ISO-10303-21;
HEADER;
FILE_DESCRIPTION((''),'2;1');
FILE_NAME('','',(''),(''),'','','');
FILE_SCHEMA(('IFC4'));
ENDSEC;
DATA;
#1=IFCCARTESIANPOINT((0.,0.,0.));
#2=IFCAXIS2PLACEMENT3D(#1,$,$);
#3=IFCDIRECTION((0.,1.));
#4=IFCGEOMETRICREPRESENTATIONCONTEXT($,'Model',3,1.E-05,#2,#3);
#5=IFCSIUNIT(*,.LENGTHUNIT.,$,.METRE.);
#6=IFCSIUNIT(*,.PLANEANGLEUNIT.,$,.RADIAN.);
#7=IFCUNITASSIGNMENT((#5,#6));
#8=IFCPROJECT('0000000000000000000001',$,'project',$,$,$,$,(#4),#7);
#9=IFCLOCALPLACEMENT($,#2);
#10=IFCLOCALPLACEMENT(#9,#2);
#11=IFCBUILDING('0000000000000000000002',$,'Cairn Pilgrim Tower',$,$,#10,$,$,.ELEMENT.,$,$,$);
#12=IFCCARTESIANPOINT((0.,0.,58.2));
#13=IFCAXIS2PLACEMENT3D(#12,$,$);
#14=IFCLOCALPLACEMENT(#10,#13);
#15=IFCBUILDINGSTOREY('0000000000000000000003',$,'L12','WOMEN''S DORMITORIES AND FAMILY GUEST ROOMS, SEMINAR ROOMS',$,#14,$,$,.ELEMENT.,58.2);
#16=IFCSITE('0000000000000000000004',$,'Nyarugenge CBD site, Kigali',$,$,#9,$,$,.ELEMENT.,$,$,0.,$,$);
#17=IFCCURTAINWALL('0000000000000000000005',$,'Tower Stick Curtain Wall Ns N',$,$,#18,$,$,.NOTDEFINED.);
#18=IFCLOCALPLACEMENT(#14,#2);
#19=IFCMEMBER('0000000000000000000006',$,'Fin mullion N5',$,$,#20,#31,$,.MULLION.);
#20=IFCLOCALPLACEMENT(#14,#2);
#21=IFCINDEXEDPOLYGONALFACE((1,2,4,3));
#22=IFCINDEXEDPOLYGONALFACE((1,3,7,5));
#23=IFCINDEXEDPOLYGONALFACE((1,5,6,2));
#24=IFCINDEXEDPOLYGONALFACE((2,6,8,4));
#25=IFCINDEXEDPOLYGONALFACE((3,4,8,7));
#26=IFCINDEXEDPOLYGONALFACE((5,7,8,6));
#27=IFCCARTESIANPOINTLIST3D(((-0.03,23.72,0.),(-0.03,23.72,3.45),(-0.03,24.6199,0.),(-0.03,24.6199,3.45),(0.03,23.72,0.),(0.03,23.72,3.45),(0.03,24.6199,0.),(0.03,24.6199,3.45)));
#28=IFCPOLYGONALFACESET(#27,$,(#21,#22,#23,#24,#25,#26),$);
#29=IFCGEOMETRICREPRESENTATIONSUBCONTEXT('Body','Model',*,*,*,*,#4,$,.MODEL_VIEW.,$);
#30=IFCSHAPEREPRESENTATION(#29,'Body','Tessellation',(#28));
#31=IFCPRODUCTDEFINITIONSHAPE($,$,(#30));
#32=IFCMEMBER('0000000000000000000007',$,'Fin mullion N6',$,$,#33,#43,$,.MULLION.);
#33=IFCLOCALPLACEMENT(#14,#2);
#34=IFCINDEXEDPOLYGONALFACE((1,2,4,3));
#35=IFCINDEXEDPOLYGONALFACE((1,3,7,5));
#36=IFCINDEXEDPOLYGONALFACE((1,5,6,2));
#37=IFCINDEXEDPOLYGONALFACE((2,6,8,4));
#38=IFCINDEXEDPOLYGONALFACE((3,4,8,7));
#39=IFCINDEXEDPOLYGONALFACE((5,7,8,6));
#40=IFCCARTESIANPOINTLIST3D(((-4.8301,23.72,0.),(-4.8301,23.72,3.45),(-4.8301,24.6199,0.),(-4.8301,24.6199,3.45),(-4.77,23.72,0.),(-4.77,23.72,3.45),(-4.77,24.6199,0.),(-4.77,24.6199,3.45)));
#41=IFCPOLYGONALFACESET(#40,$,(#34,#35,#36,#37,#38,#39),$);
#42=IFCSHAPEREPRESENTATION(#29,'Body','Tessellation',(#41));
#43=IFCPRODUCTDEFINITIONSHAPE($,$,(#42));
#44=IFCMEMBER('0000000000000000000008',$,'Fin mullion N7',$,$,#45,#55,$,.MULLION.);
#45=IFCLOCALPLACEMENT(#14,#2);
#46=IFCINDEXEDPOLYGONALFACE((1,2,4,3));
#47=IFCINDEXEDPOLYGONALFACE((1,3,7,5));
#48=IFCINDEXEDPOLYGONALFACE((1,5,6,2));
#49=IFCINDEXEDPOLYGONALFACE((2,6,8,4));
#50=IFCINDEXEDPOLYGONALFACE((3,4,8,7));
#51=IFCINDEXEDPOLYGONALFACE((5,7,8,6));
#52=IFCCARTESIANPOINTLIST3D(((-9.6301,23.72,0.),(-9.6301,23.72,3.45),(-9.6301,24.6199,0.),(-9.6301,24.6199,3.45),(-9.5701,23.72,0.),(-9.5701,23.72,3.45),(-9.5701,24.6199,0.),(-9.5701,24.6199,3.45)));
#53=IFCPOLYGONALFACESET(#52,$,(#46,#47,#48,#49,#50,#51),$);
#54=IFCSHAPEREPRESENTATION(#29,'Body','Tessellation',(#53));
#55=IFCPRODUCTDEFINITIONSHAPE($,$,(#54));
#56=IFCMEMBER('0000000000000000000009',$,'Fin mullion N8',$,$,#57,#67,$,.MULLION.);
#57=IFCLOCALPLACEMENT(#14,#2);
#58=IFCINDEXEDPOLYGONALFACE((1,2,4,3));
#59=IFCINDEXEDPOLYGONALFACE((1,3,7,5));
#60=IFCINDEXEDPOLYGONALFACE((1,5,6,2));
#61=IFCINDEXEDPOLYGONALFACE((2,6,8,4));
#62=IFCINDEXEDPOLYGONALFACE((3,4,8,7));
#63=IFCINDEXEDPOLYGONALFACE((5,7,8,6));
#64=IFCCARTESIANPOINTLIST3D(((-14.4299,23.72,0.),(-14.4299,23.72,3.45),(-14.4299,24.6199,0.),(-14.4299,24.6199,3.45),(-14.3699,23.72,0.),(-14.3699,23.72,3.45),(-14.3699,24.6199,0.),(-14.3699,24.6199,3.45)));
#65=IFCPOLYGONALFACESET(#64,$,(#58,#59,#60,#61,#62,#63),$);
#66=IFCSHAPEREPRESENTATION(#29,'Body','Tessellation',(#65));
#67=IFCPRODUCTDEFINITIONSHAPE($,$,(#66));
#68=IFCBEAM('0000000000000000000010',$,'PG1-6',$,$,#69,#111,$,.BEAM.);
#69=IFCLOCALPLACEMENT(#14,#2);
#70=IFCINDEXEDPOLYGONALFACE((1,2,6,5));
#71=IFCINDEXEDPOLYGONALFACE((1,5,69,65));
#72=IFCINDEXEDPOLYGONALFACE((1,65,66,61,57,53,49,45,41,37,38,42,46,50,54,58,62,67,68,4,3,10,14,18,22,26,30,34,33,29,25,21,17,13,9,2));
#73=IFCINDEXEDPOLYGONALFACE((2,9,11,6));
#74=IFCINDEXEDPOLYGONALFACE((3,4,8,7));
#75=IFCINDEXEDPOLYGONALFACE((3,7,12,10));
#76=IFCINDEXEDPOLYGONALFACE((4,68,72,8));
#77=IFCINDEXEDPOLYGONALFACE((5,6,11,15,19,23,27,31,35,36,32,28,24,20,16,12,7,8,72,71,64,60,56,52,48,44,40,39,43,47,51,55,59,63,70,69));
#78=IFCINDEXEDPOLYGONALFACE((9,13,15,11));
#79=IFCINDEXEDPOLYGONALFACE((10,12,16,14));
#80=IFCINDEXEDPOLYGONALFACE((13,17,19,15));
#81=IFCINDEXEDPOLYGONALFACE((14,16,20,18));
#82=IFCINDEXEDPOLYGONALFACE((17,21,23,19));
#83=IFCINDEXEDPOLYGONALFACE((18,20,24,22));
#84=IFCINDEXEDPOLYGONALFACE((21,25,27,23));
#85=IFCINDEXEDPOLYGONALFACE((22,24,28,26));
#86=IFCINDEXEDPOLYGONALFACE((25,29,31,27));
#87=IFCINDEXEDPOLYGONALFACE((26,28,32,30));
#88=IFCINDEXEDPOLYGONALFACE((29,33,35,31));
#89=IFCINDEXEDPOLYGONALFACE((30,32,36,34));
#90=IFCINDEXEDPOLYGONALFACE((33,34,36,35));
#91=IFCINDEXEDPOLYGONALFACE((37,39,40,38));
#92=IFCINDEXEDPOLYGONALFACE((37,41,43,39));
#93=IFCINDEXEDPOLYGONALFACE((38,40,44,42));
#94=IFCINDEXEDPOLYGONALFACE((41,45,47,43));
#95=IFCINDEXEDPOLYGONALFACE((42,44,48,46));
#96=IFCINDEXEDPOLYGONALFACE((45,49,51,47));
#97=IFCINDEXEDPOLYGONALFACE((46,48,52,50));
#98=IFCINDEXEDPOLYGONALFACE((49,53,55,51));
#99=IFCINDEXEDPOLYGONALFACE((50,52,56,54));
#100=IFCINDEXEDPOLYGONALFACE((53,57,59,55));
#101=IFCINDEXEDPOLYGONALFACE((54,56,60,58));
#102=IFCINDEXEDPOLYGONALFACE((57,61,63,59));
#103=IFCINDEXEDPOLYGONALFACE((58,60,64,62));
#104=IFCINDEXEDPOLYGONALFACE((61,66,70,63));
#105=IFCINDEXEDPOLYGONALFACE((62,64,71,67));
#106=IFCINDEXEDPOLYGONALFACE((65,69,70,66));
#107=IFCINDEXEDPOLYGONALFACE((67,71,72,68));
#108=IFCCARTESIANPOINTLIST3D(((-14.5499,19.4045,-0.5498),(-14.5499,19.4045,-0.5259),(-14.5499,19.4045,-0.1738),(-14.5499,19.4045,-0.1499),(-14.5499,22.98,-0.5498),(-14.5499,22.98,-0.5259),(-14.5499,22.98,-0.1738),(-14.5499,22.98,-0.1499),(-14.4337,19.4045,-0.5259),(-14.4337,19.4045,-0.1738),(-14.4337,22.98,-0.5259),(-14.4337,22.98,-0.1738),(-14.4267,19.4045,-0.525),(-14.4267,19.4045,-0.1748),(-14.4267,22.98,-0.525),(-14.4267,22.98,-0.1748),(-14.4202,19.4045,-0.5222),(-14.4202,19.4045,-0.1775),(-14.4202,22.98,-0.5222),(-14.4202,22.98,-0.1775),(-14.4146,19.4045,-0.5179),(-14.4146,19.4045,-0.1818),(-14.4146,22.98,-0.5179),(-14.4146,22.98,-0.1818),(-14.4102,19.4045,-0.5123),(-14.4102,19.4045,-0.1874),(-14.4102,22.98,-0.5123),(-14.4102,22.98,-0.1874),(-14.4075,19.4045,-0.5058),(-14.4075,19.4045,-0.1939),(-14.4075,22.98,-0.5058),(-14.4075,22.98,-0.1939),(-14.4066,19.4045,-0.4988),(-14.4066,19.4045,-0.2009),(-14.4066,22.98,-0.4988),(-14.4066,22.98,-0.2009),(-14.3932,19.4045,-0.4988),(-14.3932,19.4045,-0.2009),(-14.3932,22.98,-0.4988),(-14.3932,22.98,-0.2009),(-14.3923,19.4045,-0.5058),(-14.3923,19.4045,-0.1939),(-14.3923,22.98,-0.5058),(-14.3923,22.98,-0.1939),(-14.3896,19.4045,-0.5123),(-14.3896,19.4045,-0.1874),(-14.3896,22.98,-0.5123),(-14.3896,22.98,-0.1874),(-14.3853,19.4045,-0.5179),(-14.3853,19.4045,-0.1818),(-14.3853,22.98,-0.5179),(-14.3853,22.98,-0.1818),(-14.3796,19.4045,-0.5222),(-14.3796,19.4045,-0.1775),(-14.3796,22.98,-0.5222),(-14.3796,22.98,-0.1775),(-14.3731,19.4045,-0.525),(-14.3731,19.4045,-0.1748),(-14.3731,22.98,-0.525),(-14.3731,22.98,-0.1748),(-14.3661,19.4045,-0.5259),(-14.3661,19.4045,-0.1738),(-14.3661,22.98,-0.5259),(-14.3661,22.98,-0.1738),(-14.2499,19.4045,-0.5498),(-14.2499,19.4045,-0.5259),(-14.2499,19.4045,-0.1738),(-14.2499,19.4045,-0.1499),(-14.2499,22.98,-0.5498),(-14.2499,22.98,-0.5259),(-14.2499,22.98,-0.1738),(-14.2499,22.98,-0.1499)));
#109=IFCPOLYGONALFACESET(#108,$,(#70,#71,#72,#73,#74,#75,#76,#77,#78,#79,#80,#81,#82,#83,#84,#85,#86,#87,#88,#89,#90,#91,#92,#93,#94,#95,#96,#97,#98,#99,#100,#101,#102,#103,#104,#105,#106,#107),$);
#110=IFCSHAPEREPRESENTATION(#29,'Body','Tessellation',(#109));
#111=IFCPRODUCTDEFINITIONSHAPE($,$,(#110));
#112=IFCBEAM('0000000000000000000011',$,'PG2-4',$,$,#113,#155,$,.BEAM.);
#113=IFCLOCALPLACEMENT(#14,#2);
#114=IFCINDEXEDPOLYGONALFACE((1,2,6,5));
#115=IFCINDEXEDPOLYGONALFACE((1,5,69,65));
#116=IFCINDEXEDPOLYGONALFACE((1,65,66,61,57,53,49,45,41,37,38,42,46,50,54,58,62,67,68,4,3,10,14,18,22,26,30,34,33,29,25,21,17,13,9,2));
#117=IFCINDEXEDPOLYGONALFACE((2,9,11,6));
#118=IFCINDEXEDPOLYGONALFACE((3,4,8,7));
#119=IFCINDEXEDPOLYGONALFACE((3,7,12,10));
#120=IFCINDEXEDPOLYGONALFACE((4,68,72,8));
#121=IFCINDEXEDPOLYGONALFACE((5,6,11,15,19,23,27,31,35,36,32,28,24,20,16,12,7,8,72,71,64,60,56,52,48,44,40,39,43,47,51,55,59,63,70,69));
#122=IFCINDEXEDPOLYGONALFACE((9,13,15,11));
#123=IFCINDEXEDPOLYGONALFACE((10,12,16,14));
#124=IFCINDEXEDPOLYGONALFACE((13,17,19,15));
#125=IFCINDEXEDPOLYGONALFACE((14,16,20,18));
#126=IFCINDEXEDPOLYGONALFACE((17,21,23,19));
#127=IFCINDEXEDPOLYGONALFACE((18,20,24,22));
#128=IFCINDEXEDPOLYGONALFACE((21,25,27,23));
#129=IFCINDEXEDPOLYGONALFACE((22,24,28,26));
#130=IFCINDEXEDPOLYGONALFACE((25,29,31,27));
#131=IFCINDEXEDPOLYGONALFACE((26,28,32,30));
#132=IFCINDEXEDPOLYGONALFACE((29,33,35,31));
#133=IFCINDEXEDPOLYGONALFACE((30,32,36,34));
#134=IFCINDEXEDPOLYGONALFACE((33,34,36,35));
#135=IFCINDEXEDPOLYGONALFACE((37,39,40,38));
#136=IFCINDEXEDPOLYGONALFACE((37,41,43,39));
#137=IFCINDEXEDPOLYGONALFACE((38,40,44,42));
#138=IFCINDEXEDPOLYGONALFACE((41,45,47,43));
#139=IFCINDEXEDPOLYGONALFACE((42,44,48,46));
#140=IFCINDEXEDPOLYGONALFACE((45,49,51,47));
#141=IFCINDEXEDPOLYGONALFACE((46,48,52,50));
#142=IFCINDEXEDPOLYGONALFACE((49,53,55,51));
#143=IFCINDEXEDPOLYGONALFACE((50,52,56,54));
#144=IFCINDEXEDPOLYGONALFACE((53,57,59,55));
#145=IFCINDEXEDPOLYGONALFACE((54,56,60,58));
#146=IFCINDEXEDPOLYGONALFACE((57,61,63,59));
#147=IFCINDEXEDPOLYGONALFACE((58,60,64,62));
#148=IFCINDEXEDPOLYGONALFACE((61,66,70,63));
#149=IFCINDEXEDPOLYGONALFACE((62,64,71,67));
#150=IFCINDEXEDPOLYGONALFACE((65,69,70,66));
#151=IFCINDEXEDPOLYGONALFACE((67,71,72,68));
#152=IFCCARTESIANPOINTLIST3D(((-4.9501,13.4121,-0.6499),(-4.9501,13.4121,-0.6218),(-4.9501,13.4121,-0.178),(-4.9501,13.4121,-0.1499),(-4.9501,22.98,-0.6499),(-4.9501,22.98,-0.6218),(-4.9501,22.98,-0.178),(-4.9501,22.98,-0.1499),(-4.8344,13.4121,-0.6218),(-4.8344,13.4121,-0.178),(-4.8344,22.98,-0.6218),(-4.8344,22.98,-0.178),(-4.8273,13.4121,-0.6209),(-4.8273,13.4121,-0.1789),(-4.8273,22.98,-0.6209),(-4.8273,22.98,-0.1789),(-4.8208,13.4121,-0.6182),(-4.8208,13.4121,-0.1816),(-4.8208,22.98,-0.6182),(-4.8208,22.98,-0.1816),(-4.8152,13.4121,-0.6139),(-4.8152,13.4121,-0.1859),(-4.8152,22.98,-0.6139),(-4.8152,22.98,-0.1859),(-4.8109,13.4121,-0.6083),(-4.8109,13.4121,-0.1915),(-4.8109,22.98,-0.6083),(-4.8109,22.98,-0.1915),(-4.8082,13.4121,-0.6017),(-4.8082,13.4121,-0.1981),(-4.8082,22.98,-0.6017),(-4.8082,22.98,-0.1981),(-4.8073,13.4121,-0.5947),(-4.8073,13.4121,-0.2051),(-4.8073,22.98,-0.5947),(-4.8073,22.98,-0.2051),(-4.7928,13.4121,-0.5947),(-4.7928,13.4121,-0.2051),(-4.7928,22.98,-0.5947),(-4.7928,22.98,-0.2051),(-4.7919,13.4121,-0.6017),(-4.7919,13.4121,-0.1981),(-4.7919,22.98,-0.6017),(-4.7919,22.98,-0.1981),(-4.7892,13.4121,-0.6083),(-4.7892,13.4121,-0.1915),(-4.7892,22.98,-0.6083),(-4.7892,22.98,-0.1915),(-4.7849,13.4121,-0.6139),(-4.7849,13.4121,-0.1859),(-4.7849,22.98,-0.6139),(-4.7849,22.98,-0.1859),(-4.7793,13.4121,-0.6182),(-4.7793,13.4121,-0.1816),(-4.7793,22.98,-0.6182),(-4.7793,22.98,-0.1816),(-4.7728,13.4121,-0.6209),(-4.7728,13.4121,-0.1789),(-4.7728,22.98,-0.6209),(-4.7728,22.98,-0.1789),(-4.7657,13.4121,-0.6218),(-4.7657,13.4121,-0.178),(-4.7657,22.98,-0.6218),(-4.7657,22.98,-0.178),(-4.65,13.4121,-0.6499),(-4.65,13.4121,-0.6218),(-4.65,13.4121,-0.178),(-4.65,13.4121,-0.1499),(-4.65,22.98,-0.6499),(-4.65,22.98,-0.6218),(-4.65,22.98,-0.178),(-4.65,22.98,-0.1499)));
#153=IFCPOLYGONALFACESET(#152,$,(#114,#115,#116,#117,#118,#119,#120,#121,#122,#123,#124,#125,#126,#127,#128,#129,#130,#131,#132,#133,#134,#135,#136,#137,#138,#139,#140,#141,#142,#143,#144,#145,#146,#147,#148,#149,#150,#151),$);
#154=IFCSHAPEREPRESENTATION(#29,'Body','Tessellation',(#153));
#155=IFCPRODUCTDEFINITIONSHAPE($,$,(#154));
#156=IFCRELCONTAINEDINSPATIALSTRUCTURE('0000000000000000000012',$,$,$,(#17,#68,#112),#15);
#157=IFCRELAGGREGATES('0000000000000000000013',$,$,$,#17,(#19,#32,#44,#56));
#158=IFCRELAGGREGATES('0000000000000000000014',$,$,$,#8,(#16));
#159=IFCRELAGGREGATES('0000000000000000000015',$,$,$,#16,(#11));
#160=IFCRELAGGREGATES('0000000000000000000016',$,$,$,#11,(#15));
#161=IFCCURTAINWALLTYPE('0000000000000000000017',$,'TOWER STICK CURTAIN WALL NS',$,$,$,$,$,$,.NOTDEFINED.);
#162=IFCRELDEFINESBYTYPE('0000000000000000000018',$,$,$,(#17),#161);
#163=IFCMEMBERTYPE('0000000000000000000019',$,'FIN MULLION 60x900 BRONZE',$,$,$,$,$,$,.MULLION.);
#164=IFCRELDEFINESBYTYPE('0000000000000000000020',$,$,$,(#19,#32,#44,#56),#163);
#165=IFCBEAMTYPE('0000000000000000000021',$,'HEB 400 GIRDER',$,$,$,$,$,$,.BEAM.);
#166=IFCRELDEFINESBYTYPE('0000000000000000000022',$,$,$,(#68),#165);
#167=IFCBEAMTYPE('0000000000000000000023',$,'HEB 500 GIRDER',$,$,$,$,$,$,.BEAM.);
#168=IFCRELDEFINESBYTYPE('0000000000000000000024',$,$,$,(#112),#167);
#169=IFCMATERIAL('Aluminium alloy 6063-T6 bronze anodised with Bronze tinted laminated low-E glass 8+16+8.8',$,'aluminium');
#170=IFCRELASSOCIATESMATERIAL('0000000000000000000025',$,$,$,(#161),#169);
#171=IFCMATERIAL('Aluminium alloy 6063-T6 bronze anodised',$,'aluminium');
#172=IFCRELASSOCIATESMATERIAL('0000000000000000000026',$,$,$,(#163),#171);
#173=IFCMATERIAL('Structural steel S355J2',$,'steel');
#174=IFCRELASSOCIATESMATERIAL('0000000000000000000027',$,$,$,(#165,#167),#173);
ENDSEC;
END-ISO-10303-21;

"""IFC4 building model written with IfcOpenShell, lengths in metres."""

from ifc_helpers import new_model, si_unit, direction, frame, origin, origin_2d, place, context, subcontext, project, spatial, rectangle, i_section, extrude, material, material_profile, profile_set, type_object, element, aggregate, save


model = new_model("IFC4")

# Units and contexts
model_context = context("Model", 3, precision=1e-05, world=origin(), true_north=direction((0.0, 1.0)))
body_context = subcontext(model_context, "Body", "Model", "MODEL_VIEW")
ifc_project = project(units=[si_unit("LENGTHUNIT", "METRE"), si_unit("PLANEANGLEUNIT", "RADIAN")], contexts=[model_context])

# Site, building, storey
site_placement = place(None, origin())
site = spatial("IfcSite", under=ifc_project, at=site_placement, Name="Nyarugenge CBD site, Kigali", CompositionType="ELEMENT", RefElevation=0.0)
building_placement = place(site_placement, origin())
building = spatial("IfcBuilding", under=site, at=building_placement, Name="Cairn Pilgrim Tower", CompositionType="ELEMENT")
storey_placement = place(building_placement, frame((0.0, 0.0, 58.2)))
storey = spatial("IfcBuildingStorey", under=building, at=storey_placement, Name="L12", Description="WOMEN'S DORMITORIES AND FAMILY GUEST ROOMS, SEMINAR ROOMS", CompositionType="ELEMENT", Elevation=58.2)

# Curtain wall, members
ifc_material_1 = material(Name="Aluminium alloy 6063-T6 bronze anodised with Bronze tinted laminated low-E glass 8+16+8.8", Category="aluminium")
curtain_wall_type = type_object("IfcCurtainWallType", Name="TOWER STICK CURTAIN WALL NS", PredefinedType="NOTDEFINED", material=ifc_material_1)
curtain_wall_placement = place(storey_placement, origin())
curtain_wall = element("IfcCurtainWall", 1, at=curtain_wall_placement, inside=storey, type_object=curtain_wall_type, Name="Tower Stick Curtain Wall Ns N", PredefinedType="NOTDEFINED")
ifc_material_2 = material(Name="Aluminium alloy 6063-T6 bronze anodised", Category="aluminium")
ifc_material_profile_1 = material_profile(ifc_material_2, rectangle(XDim=0.8999, YDim=0.0601, at=origin_2d()), Name="FIN MULLION 60x900 BRONZE")
ifc_profile_set_1 = profile_set([ifc_material_profile_1], Name="Aluminium alloy 6063-T6 bronze anodised")
member_type_1 = type_object("IfcMemberType", Name="FIN MULLION 60x900 BRONZE", PredefinedType="MULLION", material=ifc_profile_set_1)
member_1_placement = place(storey_placement, frame((0.0, 24.1699, 0.0), z_axis=(0.0, 0.0, 1.0), x_axis=(0.0, 1.0, 0.0)))
member_1 = element("IfcMember", 2, at=member_1_placement, type_object=member_type_1, Name="Fin mullion N5", PredefinedType="MULLION", context=body_context, shape_type="SweptSolid", body=[
    extrude(rectangle(XDim=0.8999, YDim=0.0601, at=origin_2d()), origin(), (0.0, 0.0, 1.0), 3.45),
])
member_2_placement = place(storey_placement, frame((-4.8, 24.1699, 0.0), z_axis=(0.0, 0.0, 1.0), x_axis=(0.0, 1.0, 0.0)))
member_2 = element("IfcMember", 3, at=member_2_placement, type_object=member_type_1, Name="Fin mullion N6", PredefinedType="MULLION", context=body_context, shape_type="SweptSolid", body=[
    extrude(rectangle(XDim=0.8999, YDim=0.0601, at=origin_2d()), origin(), (0.0, 0.0, 1.0), 3.45),
])
member_3_placement = place(storey_placement, frame((-9.6001, 24.1699, 0.0), z_axis=(0.0, 0.0, 1.0), x_axis=(0.0, 1.0, 0.0)))
member_3 = element("IfcMember", 4, at=member_3_placement, type_object=member_type_1, Name="Fin mullion N7", PredefinedType="MULLION", context=body_context, shape_type="SweptSolid", body=[
    extrude(rectangle(XDim=0.8999, YDim=0.0601, at=origin_2d()), origin(), (0.0, 0.0, 1.0), 3.45),
])
member_4_placement = place(storey_placement, frame((-14.3999, 24.1699, 0.0), z_axis=(0.0, 0.0, 1.0), x_axis=(0.0, 1.0, 0.0)))
member_4 = element("IfcMember", 5, at=member_4_placement, type_object=member_type_1, Name="Fin mullion N8", PredefinedType="MULLION", context=body_context, shape_type="SweptSolid", body=[
    extrude(rectangle(XDim=0.8999, YDim=0.0601, at=origin_2d()), origin(), (0.0, 0.0, 1.0), 3.45),
])

# Beams
ifc_material_3 = material(Name="Structural steel S355J2", Category="steel")
ifc_material_profile_2 = material_profile(ifc_material_3, i_section(OverallWidth=0.3, OverallDepth=0.3999, WebThickness=0.0134, FlangeThickness=0.0239, FilletRadius=0.0271, at=origin_2d()), Name="HEB 400")
ifc_profile_set_2 = profile_set([ifc_material_profile_2], Name="Structural steel S355J2")
beam_type_1 = type_object("IfcBeamType", Name="HEB 400 GIRDER", PredefinedType="BEAM", material=ifc_profile_set_2)
beam_1_placement = place(storey_placement, frame((-14.3999, 19.4045, -0.3499), z_axis=(0.0, 1.0, 0.0), x_axis=(-1.0, 0.0, 0.0)))
element("IfcBeam", 6, at=beam_1_placement, inside=storey, type_object=beam_type_1, Name="PG1-6", PredefinedType="BEAM", context=body_context, shape_type="SweptSolid", body=[
    extrude(i_section(OverallWidth=0.3, OverallDepth=0.3999, WebThickness=0.0134, FlangeThickness=0.0239, FilletRadius=0.0271, at=origin_2d()), origin(), (0.0, 0.0, 1.0), 3.5754),
])
ifc_material_profile_3 = material_profile(ifc_material_3, i_section(OverallWidth=0.3, OverallDepth=0.5, WebThickness=0.0144, FlangeThickness=0.0281, FilletRadius=0.0271, at=origin_2d()), Name="HEB 500")
ifc_profile_set_3 = profile_set([ifc_material_profile_3], Name="Structural steel S355J2")
beam_type_2 = type_object("IfcBeamType", Name="HEB 500 GIRDER", PredefinedType="BEAM", material=ifc_profile_set_3)
beam_2_placement = place(storey_placement, frame((-4.8, 13.4121, -0.3999), z_axis=(0.0, 1.0, 0.0), x_axis=(-1.0, 0.0, 0.0)))
element("IfcBeam", 7, at=beam_2_placement, inside=storey, type_object=beam_type_2, Name="PG2-4", PredefinedType="BEAM", context=body_context, shape_type="SweptSolid", body=[
    extrude(i_section(OverallWidth=0.3, OverallDepth=0.5, WebThickness=0.0144, FlangeThickness=0.0281, FilletRadius=0.0271, at=origin_2d()), origin(), (0.0, 0.0, 1.0), 9.5679),
])

aggregate(curtain_wall, [member_1, member_2, member_3, member_4])

save(model, "model.ifc")
